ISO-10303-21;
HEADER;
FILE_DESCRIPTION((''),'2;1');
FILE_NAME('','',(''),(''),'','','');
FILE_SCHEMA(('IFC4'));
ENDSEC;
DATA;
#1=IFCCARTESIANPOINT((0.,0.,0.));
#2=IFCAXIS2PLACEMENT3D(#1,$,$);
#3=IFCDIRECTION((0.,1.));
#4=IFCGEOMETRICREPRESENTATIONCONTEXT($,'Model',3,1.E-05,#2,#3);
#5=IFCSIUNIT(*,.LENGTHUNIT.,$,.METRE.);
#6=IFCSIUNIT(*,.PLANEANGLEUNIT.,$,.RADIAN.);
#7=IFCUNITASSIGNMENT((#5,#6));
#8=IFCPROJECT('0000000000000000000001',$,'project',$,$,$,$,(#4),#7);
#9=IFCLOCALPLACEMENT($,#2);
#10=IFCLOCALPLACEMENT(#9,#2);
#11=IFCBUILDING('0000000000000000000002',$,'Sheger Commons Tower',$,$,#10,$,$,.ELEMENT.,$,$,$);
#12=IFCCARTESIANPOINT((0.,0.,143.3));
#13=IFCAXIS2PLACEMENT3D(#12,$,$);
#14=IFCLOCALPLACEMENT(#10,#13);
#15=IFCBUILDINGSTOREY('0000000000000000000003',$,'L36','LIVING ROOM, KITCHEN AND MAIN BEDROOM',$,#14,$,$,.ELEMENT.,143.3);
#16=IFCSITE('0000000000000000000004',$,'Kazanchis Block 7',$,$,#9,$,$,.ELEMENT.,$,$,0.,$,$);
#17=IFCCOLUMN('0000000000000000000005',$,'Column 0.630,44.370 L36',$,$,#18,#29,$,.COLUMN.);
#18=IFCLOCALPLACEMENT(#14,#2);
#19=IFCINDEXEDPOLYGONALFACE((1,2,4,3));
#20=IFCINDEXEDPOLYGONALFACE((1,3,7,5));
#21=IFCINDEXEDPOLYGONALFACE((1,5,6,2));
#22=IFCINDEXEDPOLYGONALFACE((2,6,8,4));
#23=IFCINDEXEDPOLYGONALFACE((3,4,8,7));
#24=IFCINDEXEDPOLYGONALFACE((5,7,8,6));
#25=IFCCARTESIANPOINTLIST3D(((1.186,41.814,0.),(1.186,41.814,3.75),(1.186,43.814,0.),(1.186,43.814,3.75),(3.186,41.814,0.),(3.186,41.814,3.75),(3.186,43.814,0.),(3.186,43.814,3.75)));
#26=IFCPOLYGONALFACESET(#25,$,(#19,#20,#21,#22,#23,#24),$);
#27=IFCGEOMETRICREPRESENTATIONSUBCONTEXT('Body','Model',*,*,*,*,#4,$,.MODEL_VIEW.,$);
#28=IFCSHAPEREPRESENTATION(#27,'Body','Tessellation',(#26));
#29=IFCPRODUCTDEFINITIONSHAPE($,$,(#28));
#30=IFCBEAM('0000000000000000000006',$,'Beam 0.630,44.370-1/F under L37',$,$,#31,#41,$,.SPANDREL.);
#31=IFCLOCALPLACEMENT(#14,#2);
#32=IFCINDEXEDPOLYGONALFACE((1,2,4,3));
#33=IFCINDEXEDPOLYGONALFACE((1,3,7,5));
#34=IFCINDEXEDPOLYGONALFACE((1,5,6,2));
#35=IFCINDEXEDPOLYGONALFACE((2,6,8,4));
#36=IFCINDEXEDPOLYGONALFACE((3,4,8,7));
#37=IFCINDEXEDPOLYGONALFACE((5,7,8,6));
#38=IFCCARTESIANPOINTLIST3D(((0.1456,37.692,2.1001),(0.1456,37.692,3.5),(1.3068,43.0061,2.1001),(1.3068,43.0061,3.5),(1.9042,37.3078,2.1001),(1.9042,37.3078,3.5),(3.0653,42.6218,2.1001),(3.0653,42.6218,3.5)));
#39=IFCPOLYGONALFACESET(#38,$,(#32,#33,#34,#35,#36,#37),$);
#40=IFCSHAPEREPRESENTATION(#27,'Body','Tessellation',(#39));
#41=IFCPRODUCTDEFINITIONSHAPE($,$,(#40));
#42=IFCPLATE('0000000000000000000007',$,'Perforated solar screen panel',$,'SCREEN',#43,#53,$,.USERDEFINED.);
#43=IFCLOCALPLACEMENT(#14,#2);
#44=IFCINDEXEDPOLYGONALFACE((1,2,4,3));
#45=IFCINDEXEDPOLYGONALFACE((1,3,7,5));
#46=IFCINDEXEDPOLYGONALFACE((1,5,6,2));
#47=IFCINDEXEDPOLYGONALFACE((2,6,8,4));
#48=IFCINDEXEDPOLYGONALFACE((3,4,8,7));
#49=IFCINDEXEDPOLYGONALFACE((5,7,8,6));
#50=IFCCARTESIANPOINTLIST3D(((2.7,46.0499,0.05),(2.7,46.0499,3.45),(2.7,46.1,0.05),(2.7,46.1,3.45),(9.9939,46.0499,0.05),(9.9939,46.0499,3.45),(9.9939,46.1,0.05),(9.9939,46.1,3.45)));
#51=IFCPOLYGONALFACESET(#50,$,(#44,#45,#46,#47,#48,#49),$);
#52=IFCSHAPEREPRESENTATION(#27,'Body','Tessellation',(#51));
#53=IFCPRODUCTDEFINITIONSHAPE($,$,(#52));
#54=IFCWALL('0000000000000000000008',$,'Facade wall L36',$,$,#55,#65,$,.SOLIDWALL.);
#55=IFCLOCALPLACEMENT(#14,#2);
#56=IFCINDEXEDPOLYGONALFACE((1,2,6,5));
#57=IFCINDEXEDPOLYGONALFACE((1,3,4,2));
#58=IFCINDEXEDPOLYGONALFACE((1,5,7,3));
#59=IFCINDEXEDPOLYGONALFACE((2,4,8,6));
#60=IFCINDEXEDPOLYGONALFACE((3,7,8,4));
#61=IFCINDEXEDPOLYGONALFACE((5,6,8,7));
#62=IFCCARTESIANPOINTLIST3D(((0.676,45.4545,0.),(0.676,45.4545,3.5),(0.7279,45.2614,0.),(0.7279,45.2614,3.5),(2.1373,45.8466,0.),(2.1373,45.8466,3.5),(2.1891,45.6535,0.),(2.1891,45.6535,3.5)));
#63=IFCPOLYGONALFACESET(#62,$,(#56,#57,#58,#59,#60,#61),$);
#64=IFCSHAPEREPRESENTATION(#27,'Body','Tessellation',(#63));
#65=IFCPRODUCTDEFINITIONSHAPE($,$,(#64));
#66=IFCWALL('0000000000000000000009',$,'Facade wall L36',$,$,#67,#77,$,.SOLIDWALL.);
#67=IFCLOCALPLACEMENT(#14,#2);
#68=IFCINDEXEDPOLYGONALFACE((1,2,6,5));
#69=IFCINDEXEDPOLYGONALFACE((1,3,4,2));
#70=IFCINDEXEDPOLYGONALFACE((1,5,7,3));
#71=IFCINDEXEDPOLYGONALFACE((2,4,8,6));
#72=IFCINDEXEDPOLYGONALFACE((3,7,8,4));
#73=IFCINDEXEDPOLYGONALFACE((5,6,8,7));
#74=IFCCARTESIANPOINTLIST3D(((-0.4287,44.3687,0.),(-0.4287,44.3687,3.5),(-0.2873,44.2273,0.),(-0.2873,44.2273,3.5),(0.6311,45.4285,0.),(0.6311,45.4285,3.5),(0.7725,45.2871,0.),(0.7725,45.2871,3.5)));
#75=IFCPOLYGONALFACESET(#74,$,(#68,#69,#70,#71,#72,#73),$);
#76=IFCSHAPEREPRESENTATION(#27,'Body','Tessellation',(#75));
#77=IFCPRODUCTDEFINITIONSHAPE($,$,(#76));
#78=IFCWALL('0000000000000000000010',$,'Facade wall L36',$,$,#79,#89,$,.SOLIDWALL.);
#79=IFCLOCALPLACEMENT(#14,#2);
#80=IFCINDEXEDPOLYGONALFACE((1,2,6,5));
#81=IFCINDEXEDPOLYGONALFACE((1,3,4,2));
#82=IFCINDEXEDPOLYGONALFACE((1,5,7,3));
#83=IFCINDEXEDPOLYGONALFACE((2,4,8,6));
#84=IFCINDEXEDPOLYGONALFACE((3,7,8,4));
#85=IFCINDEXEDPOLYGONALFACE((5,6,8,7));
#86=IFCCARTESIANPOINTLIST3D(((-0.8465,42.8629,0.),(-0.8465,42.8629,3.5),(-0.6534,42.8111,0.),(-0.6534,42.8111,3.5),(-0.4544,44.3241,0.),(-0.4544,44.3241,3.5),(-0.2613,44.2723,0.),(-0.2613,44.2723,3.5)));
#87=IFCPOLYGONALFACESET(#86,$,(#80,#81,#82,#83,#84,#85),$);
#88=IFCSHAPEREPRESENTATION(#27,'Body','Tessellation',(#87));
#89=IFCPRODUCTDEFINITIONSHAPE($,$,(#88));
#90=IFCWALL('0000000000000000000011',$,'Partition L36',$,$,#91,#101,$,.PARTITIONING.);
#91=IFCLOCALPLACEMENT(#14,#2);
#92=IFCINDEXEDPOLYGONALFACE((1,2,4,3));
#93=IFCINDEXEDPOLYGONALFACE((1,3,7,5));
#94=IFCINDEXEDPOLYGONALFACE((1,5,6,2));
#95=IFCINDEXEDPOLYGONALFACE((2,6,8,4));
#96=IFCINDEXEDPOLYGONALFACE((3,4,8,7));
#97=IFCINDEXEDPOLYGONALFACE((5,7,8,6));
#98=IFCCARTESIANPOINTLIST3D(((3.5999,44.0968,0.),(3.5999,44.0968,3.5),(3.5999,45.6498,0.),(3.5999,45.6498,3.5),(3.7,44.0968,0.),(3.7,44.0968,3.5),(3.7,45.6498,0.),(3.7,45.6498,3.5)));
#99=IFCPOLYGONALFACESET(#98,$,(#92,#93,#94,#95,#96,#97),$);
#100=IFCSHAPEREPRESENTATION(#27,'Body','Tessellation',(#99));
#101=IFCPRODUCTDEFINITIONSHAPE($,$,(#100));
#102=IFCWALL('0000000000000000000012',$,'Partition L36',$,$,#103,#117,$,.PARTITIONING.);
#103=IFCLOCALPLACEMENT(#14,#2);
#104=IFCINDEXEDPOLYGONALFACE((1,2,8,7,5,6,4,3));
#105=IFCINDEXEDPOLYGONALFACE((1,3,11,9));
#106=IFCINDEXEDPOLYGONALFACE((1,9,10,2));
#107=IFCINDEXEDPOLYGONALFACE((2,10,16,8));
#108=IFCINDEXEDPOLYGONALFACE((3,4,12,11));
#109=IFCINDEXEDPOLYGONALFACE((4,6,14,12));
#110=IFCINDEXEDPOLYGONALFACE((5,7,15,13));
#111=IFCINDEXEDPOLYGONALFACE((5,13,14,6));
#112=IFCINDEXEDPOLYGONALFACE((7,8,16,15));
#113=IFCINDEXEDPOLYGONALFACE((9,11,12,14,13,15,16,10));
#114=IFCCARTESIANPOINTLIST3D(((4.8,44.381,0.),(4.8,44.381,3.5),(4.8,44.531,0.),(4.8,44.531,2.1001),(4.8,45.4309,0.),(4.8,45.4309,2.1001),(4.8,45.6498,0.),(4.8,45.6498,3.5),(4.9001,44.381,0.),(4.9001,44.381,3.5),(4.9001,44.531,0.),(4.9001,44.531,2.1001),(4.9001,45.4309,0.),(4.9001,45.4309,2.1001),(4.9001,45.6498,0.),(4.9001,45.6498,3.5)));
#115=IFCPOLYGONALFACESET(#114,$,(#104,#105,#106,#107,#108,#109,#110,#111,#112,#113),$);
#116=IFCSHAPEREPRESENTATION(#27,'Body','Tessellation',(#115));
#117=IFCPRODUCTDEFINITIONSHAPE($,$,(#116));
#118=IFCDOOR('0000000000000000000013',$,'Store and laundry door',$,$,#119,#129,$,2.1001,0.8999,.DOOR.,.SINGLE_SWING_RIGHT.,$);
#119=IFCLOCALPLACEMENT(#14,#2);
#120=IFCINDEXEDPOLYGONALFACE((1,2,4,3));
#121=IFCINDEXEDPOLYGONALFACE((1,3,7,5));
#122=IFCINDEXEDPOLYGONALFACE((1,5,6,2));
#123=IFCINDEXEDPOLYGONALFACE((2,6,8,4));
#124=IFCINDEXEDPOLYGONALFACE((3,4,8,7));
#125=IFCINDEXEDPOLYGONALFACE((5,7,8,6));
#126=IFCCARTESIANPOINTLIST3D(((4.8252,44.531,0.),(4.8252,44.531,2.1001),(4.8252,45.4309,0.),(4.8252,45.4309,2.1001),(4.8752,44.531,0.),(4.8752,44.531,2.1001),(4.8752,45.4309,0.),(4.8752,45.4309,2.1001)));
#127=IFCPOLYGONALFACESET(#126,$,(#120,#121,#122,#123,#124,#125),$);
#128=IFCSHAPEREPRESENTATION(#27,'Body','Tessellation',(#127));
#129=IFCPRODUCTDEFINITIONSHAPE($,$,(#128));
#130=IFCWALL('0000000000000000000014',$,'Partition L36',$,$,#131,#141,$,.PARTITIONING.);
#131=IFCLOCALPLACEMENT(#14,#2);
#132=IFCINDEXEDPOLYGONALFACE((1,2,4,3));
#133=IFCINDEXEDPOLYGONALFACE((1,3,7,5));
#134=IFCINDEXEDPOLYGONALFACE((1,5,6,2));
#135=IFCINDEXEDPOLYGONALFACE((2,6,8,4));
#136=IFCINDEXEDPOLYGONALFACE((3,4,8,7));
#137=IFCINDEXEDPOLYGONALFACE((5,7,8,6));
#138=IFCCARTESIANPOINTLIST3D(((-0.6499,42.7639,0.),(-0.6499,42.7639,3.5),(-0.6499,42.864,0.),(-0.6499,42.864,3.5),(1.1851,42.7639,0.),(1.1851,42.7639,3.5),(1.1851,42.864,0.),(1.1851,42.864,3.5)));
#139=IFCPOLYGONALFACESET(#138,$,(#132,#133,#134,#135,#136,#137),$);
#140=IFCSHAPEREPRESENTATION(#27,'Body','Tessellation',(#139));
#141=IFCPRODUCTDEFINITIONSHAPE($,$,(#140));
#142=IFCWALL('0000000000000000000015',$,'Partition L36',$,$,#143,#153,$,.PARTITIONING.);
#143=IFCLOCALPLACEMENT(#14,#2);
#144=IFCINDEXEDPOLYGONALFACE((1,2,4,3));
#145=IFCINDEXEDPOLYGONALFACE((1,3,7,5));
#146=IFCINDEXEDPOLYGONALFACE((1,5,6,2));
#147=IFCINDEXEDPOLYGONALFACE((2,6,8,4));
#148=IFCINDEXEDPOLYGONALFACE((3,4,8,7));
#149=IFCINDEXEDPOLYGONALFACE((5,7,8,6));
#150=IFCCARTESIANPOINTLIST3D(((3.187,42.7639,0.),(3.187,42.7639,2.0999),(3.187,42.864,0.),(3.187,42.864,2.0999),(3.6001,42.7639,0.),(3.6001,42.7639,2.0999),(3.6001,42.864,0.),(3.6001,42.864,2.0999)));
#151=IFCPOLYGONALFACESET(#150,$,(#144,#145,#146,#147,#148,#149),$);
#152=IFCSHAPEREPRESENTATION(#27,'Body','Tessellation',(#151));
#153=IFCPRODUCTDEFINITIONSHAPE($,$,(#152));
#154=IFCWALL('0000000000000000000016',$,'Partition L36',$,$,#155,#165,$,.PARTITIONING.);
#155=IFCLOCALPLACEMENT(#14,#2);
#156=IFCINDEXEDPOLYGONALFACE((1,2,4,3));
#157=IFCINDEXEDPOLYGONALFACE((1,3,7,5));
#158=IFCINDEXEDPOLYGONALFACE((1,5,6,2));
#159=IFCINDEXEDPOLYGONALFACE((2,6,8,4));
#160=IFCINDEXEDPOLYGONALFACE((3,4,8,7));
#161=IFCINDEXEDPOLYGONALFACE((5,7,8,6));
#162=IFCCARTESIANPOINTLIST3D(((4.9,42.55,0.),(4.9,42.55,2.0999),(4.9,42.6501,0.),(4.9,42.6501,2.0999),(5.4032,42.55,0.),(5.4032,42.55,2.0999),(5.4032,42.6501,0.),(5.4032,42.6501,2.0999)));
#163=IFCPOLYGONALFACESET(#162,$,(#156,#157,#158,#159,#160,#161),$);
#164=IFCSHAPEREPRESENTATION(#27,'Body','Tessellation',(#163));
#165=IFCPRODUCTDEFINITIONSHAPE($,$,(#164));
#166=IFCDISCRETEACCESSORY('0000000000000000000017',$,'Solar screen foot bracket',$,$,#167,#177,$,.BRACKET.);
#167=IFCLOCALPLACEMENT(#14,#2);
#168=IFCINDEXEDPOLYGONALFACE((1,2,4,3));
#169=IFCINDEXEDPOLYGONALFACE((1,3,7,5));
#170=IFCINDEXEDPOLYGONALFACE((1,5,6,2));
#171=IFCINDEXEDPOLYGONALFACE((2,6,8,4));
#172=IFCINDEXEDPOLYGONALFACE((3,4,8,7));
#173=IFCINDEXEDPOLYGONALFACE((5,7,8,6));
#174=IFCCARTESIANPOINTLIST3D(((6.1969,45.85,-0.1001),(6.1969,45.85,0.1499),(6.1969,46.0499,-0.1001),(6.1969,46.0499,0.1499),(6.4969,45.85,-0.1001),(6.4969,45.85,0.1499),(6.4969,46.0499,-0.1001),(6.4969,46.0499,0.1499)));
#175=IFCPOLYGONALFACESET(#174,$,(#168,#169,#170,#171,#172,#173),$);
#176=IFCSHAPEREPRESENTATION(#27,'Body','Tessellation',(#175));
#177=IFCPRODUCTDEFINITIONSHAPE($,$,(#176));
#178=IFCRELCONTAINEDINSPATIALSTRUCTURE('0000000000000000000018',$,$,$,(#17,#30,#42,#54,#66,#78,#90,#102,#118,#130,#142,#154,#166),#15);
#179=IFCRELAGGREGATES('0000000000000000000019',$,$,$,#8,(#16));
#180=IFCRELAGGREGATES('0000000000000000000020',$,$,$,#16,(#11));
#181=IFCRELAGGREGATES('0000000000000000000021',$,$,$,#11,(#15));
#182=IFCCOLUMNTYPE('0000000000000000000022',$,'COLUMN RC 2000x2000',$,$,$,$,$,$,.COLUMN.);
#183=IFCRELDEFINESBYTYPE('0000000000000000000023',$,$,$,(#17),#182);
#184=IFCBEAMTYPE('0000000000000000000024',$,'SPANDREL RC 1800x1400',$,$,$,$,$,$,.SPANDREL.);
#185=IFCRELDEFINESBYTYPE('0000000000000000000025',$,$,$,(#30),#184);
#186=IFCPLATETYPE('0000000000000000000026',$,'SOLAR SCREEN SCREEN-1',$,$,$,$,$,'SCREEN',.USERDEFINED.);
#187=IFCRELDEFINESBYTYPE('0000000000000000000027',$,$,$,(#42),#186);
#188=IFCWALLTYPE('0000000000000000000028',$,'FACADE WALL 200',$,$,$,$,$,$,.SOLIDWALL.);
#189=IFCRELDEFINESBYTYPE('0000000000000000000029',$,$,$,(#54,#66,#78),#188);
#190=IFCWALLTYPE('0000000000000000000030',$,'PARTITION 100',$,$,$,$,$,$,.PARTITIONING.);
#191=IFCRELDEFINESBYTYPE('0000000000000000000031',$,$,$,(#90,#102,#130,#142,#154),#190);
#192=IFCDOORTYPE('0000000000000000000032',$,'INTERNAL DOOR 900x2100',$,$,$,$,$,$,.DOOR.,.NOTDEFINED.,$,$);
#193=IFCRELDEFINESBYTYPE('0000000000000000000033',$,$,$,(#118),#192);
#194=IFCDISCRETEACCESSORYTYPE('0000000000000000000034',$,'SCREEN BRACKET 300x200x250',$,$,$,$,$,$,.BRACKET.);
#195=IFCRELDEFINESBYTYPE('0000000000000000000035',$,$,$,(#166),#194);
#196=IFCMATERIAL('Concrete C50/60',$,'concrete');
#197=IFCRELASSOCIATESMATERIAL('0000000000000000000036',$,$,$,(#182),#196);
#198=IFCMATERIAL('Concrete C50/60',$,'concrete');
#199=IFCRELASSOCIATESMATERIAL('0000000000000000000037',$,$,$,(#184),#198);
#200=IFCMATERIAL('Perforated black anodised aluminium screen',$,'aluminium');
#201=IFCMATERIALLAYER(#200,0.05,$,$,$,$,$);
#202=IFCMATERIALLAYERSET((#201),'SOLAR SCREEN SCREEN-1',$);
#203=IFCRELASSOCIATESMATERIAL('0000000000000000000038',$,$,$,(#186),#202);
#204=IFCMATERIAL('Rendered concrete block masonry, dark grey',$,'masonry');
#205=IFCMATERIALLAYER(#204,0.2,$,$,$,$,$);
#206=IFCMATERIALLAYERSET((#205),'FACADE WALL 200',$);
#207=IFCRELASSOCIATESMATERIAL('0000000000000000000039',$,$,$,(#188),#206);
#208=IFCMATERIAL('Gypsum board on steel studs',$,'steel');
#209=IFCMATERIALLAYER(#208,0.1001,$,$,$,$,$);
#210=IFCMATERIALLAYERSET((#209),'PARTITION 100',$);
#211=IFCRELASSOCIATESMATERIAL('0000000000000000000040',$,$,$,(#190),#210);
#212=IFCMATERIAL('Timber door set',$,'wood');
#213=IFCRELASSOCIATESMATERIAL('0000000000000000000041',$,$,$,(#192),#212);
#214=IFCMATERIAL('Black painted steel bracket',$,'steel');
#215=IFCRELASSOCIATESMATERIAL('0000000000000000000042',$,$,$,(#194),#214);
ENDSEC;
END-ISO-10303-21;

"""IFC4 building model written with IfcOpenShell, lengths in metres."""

from ifc_helpers import new_model, si_unit, direction, frame, frame_2d, origin, origin_2d, place, context, subcontext, project, spatial, rectangle, extrude, material, layer, layer_set, material_profile, profile_set, type_object, element, fill, save


model = new_model("IFC4")

# Units and contexts
model_context = context("Model", 3, precision=1e-05, world=origin(), true_north=direction((0.0, 1.0)))
body_context = subcontext(model_context, "Body", "Model", "MODEL_VIEW")
ifc_project = project(units=[si_unit("LENGTHUNIT", "METRE"), si_unit("PLANEANGLEUNIT", "RADIAN")], contexts=[model_context])

# Site, building, storey
site_placement = place(None, origin())
site = spatial("IfcSite", under=ifc_project, at=site_placement, Name="Kazanchis Block 7", CompositionType="ELEMENT", RefElevation=0.0)
building_placement = place(site_placement, origin())
building = spatial("IfcBuilding", under=site, at=building_placement, Name="Sheger Commons Tower", CompositionType="ELEMENT")
storey_placement = place(building_placement, frame((0.0, 0.0, 143.3)))
storey = spatial("IfcBuildingStorey", under=building, at=storey_placement, Name="L36", Description="LIVING ROOM, KITCHEN AND MAIN BEDROOM", CompositionType="ELEMENT", Elevation=143.3)

# Column
ifc_material_1 = material(Name="Concrete C50/60", Category="concrete")
ifc_material_profile_1 = material_profile(ifc_material_1, rectangle(XDim=2.0, YDim=2.0, at=origin_2d()), Name="RC 2000x2000")
ifc_profile_set_1 = profile_set([ifc_material_profile_1], Name="Concrete C50/60")
column_type = type_object("IfcColumnType", Name="COLUMN RC 2000x2000", PredefinedType="COLUMN", material=ifc_profile_set_1)
column_placement = place(storey_placement, frame((2.186, 42.814, 0.0), z_axis=(0.0, 0.0, 1.0), x_axis=(1.0, 0.0, 0.0)))
element("IfcColumn", 1, at=column_placement, inside=storey, type_object=column_type, Name="Column 0.630,44.370 L36", PredefinedType="COLUMN", context=body_context, shape_type="SweptSolid", body=[
    extrude(rectangle(XDim=2.0, YDim=2.0, at=origin_2d()), origin(), (0.0, 0.0, 1.0), 3.75),
])

# Beam
ifc_material_2 = material(Name="Concrete C50/60", Category="concrete")
ifc_material_profile_2 = material_profile(ifc_material_2, rectangle(XDim=1.8, YDim=1.3999, at=origin_2d()), Name="RC 1800x1400")
ifc_profile_set_2 = profile_set([ifc_material_profile_2], Name="Concrete C50/60")
beam_type = type_object("IfcBeamType", Name="SPANDREL RC 1800x1400", PredefinedType="SPANDREL", material=ifc_profile_set_2)
beam_placement = place(storey_placement, frame((2.186, 42.814, 2.8), z_axis=(-0.213469, -0.97695, 0.0), x_axis=(0.97695, -0.213469, 0.0)))
element("IfcBeam", 2, at=beam_placement, inside=storey, type_object=beam_type, Name="Beam 0.630,44.370-1/F under L37", PredefinedType="SPANDREL", context=body_context, shape_type="SweptSolid", body=[
    extrude(rectangle(XDim=1.8, YDim=1.3999, at=origin_2d()), origin(), (0.0, 0.0, 1.0), 5.4395),
])

# Plate
ifc_material_3 = material(Name="Perforated black anodised aluminium screen", Category="aluminium")
ifc_layer_1 = layer(ifc_material_3, 0.05)
ifc_layer_set_1 = layer_set([ifc_layer_1], Name="SOLAR SCREEN SCREEN-1")
plate_type = type_object("IfcPlateType", Name="SOLAR SCREEN SCREEN-1", ElementType="SCREEN", PredefinedType="USERDEFINED", material=ifc_layer_set_1)
plate_placement = place(storey_placement, frame((6.3469, 46.075, 0.05), z_axis=(0.0, 0.0, 1.0), x_axis=(-1.0, 0.0, 0.0)))
element("IfcPlate", 3, at=plate_placement, inside=storey, type_object=plate_type, Name="Perforated solar screen panel", ObjectType="SCREEN", PredefinedType="USERDEFINED", context=body_context, shape_type="SweptSolid", body=[
    extrude(rectangle(XDim=7.2939, YDim=0.05, at=origin_2d()), origin(), (0.0, 0.0, 1.0), 3.3999),
])

# Walls
ifc_material_4 = material(Name="Rendered concrete block masonry, dark grey", Category="masonry")
ifc_layer_2 = layer(ifc_material_4, 0.2)
ifc_layer_set_2 = layer_set([ifc_layer_2], Name="FACADE WALL 200")
wall_type_1 = type_object("IfcWallType", Name="FACADE WALL 200", PredefinedType="SOLIDWALL", material=ifc_layer_set_2)
wall_1_placement = place(storey_placement, frame((2.1631, 45.75, 0.0), z_axis=(0.0, 0.0, 1.0), x_axis=(-0.965832, -0.259169, 0.0)))
element("IfcWall", 4, at=wall_1_placement, inside=storey, type_object=wall_type_1, Name="Facade wall L36", PredefinedType="SOLIDWALL", context=body_context, shape_type="SweptSolid", body=[
    extrude(rectangle(XDim=1.5129, YDim=0.2, at=frame_2d((0.7563, 0.0))), origin(), (0.0, 0.0, 1.0), 3.5),
])
wall_2_placement = place(storey_placement, frame((0.7019, 45.3579, 0.0), z_axis=(0.0, 0.0, 1.0), x_axis=(-0.707107, -0.707107, 0.0)))
element("IfcWall", 5, at=wall_2_placement, inside=storey, type_object=wall_type_1, Name="Facade wall L36", PredefinedType="SOLIDWALL", context=body_context, shape_type="SweptSolid", body=[
    extrude(rectangle(XDim=1.4988, YDim=0.2, at=frame_2d((0.7495, 0.0))), origin(), (0.0, 0.0, 1.0), 3.5),
])
wall_3_placement = place(storey_placement, frame((-0.3579, 44.2981, 0.0), z_axis=(0.0, 0.0, 1.0), x_axis=(-0.259169, -0.965832, 0.0)))
element("IfcWall", 6, at=wall_3_placement, inside=storey, type_object=wall_type_1, Name="Facade wall L36", PredefinedType="SOLIDWALL", context=body_context, shape_type="SweptSolid", body=[
    extrude(rectangle(XDim=1.5129, YDim=0.2, at=frame_2d((0.7563, 0.0))), origin(), (0.0, 0.0, 1.0), 3.5),
])

# Wall
ifc_material_5 = material(Name="Gypsum board on steel studs", Category="steel")
ifc_layer_3 = layer(ifc_material_5, 0.1001)
ifc_layer_set_3 = layer_set([ifc_layer_3], Name="PARTITION 100")
wall_type_2 = type_object("IfcWallType", Name="PARTITION 100", PredefinedType="PARTITIONING", material=ifc_layer_set_3)
wall_4_placement = place(storey_placement, frame((3.6499, 44.0969, 0.0), z_axis=(0.0, 0.0, 1.0), x_axis=(0.0, 1.0, 0.0)))
element("IfcWall", 7, at=wall_4_placement, inside=storey, type_object=wall_type_2, Name="Partition L36", PredefinedType="PARTITIONING", context=body_context, shape_type="SweptSolid", body=[
    extrude(rectangle(XDim=1.553, YDim=0.1001, at=frame_2d((0.7764, 0.0))), origin(), (0.0, 0.0, 1.0), 3.5),
])

# Wall, opening, door
wall_5_placement = place(storey_placement, frame((4.8501, 44.3811, 0.0), z_axis=(0.0, 0.0, 1.0), x_axis=(0.0, 1.0, 0.0)))
wall_5 = element("IfcWall", 8, at=wall_5_placement, inside=storey, type_object=wall_type_2, Name="Partition L36", PredefinedType="PARTITIONING", context=body_context, shape_type="SweptSolid", body=[
    extrude(rectangle(XDim=1.2688, YDim=0.1001, at=frame_2d((0.6343, 0.0))), origin(), (0.0, 0.0, 1.0), 3.5),
])
opening_1_placement = place(wall_5_placement, frame((0.1499, 0.0, 0.0)))
opening_1 = element("IfcOpeningElement", 9, at=opening_1_placement, cuts=wall_5, PredefinedType="OPENING", context=body_context, shape_type="SweptSolid", body=[
    extrude(rectangle(XDim=0.8999, YDim=2.1001, at=frame_2d((0.45, 1.05))), frame((0.0, 0.0601, 0.0), z_axis=(0.0, -1.0, 0.0), x_axis=(1.0, 0.0, 0.0)), (0.0, 0.0, 1.0), 0.1201),
])
ifc_material_6 = material(Name="Timber door set", Category="wood")
door_type = type_object("IfcDoorType", Name="INTERNAL DOOR 900x2100", OperationType="NOTDEFINED", PredefinedType="DOOR", material=ifc_material_6)
door_placement = place(opening_1_placement, origin())
door = element("IfcDoor", 10, at=door_placement, inside=storey, type_object=door_type, Name="Store and laundry door", OperationType="SINGLE_SWING_RIGHT", OverallHeight=2.1001, OverallWidth=0.8999, PredefinedType="DOOR", context=body_context, shape_type="SweptSolid", body=[
    extrude(rectangle(XDim=0.8999, YDim=2.1001, at=frame_2d((0.45, 1.05))), frame((0.0, 0.0249, 0.0), z_axis=(0.0, -1.0, 0.0), x_axis=(1.0, 0.0, 0.0)), (0.0, 0.0, 1.0), 0.05),
])
fill(opening_1, door)

# Walls
wall_6_placement = place(storey_placement, frame((-0.6499, 42.814, 0.0), z_axis=(0.0, 0.0, 1.0), x_axis=(1.0, 0.0, 0.0)))
element("IfcWall", 11, at=wall_6_placement, inside=storey, type_object=wall_type_2, Name="Partition L36", PredefinedType="PARTITIONING", context=body_context, shape_type="SweptSolid", body=[
    extrude(rectangle(XDim=1.835, YDim=0.1001, at=frame_2d((0.9175, 0.0))), origin(), (0.0, 0.0, 1.0), 3.5),
])
wall_7_placement = place(storey_placement, frame((3.187, 42.814, 0.0), z_axis=(0.0, 0.0, 1.0), x_axis=(1.0, 0.0, 0.0)))
element("IfcWall", 12, at=wall_7_placement, inside=storey, type_object=wall_type_2, Name="Partition L36", PredefinedType="PARTITIONING", context=body_context, shape_type="SweptSolid", body=[
    extrude(rectangle(XDim=0.4131, YDim=0.1001, at=frame_2d((0.2065, 0.0))), origin(), (0.0, 0.0, 1.0), 2.0999),
])
wall_8_placement = place(storey_placement, frame((5.4031, 42.6001, 0.0), z_axis=(0.0, 0.0, 1.0), x_axis=(-1.0, 0.0, 0.0)))
element("IfcWall", 13, at=wall_8_placement, inside=storey, type_object=wall_type_2, Name="Partition L36", PredefinedType="PARTITIONING", context=body_context, shape_type="SweptSolid", body=[
    extrude(rectangle(XDim=0.5032, YDim=0.1001, at=frame_2d((0.2515, 0.0))), origin(), (0.0, 0.0, 1.0), 2.0999),
])

# Discrete accessory
ifc_material_7 = material(Name="Black painted steel bracket", Category="steel")
discrete_accessory_type = type_object("IfcDiscreteAccessoryType", Name="SCREEN BRACKET 300x200x250", PredefinedType="BRACKET", material=ifc_material_7)
for number, where, z_axis, x_axis, name in (
    (14, (6.3469, 45.95, -0.1001), (0.0, 0.0, 1.0), (-1.0, 0.0, 0.0), "Solar screen foot bracket"),
):
    element("IfcDiscreteAccessory", number, at=place(storey_placement, frame(where, z_axis=z_axis, x_axis=x_axis)), inside=storey, type_object=discrete_accessory_type, Name=name, PredefinedType="BRACKET", context=body_context, shape_type="SweptSolid", body=[
        extrude(rectangle(XDim=0.3, YDim=0.2, at=origin_2d()), origin(), (0.0, 0.0, 1.0), 0.25),
    ])

save(model, "model.ifc")
